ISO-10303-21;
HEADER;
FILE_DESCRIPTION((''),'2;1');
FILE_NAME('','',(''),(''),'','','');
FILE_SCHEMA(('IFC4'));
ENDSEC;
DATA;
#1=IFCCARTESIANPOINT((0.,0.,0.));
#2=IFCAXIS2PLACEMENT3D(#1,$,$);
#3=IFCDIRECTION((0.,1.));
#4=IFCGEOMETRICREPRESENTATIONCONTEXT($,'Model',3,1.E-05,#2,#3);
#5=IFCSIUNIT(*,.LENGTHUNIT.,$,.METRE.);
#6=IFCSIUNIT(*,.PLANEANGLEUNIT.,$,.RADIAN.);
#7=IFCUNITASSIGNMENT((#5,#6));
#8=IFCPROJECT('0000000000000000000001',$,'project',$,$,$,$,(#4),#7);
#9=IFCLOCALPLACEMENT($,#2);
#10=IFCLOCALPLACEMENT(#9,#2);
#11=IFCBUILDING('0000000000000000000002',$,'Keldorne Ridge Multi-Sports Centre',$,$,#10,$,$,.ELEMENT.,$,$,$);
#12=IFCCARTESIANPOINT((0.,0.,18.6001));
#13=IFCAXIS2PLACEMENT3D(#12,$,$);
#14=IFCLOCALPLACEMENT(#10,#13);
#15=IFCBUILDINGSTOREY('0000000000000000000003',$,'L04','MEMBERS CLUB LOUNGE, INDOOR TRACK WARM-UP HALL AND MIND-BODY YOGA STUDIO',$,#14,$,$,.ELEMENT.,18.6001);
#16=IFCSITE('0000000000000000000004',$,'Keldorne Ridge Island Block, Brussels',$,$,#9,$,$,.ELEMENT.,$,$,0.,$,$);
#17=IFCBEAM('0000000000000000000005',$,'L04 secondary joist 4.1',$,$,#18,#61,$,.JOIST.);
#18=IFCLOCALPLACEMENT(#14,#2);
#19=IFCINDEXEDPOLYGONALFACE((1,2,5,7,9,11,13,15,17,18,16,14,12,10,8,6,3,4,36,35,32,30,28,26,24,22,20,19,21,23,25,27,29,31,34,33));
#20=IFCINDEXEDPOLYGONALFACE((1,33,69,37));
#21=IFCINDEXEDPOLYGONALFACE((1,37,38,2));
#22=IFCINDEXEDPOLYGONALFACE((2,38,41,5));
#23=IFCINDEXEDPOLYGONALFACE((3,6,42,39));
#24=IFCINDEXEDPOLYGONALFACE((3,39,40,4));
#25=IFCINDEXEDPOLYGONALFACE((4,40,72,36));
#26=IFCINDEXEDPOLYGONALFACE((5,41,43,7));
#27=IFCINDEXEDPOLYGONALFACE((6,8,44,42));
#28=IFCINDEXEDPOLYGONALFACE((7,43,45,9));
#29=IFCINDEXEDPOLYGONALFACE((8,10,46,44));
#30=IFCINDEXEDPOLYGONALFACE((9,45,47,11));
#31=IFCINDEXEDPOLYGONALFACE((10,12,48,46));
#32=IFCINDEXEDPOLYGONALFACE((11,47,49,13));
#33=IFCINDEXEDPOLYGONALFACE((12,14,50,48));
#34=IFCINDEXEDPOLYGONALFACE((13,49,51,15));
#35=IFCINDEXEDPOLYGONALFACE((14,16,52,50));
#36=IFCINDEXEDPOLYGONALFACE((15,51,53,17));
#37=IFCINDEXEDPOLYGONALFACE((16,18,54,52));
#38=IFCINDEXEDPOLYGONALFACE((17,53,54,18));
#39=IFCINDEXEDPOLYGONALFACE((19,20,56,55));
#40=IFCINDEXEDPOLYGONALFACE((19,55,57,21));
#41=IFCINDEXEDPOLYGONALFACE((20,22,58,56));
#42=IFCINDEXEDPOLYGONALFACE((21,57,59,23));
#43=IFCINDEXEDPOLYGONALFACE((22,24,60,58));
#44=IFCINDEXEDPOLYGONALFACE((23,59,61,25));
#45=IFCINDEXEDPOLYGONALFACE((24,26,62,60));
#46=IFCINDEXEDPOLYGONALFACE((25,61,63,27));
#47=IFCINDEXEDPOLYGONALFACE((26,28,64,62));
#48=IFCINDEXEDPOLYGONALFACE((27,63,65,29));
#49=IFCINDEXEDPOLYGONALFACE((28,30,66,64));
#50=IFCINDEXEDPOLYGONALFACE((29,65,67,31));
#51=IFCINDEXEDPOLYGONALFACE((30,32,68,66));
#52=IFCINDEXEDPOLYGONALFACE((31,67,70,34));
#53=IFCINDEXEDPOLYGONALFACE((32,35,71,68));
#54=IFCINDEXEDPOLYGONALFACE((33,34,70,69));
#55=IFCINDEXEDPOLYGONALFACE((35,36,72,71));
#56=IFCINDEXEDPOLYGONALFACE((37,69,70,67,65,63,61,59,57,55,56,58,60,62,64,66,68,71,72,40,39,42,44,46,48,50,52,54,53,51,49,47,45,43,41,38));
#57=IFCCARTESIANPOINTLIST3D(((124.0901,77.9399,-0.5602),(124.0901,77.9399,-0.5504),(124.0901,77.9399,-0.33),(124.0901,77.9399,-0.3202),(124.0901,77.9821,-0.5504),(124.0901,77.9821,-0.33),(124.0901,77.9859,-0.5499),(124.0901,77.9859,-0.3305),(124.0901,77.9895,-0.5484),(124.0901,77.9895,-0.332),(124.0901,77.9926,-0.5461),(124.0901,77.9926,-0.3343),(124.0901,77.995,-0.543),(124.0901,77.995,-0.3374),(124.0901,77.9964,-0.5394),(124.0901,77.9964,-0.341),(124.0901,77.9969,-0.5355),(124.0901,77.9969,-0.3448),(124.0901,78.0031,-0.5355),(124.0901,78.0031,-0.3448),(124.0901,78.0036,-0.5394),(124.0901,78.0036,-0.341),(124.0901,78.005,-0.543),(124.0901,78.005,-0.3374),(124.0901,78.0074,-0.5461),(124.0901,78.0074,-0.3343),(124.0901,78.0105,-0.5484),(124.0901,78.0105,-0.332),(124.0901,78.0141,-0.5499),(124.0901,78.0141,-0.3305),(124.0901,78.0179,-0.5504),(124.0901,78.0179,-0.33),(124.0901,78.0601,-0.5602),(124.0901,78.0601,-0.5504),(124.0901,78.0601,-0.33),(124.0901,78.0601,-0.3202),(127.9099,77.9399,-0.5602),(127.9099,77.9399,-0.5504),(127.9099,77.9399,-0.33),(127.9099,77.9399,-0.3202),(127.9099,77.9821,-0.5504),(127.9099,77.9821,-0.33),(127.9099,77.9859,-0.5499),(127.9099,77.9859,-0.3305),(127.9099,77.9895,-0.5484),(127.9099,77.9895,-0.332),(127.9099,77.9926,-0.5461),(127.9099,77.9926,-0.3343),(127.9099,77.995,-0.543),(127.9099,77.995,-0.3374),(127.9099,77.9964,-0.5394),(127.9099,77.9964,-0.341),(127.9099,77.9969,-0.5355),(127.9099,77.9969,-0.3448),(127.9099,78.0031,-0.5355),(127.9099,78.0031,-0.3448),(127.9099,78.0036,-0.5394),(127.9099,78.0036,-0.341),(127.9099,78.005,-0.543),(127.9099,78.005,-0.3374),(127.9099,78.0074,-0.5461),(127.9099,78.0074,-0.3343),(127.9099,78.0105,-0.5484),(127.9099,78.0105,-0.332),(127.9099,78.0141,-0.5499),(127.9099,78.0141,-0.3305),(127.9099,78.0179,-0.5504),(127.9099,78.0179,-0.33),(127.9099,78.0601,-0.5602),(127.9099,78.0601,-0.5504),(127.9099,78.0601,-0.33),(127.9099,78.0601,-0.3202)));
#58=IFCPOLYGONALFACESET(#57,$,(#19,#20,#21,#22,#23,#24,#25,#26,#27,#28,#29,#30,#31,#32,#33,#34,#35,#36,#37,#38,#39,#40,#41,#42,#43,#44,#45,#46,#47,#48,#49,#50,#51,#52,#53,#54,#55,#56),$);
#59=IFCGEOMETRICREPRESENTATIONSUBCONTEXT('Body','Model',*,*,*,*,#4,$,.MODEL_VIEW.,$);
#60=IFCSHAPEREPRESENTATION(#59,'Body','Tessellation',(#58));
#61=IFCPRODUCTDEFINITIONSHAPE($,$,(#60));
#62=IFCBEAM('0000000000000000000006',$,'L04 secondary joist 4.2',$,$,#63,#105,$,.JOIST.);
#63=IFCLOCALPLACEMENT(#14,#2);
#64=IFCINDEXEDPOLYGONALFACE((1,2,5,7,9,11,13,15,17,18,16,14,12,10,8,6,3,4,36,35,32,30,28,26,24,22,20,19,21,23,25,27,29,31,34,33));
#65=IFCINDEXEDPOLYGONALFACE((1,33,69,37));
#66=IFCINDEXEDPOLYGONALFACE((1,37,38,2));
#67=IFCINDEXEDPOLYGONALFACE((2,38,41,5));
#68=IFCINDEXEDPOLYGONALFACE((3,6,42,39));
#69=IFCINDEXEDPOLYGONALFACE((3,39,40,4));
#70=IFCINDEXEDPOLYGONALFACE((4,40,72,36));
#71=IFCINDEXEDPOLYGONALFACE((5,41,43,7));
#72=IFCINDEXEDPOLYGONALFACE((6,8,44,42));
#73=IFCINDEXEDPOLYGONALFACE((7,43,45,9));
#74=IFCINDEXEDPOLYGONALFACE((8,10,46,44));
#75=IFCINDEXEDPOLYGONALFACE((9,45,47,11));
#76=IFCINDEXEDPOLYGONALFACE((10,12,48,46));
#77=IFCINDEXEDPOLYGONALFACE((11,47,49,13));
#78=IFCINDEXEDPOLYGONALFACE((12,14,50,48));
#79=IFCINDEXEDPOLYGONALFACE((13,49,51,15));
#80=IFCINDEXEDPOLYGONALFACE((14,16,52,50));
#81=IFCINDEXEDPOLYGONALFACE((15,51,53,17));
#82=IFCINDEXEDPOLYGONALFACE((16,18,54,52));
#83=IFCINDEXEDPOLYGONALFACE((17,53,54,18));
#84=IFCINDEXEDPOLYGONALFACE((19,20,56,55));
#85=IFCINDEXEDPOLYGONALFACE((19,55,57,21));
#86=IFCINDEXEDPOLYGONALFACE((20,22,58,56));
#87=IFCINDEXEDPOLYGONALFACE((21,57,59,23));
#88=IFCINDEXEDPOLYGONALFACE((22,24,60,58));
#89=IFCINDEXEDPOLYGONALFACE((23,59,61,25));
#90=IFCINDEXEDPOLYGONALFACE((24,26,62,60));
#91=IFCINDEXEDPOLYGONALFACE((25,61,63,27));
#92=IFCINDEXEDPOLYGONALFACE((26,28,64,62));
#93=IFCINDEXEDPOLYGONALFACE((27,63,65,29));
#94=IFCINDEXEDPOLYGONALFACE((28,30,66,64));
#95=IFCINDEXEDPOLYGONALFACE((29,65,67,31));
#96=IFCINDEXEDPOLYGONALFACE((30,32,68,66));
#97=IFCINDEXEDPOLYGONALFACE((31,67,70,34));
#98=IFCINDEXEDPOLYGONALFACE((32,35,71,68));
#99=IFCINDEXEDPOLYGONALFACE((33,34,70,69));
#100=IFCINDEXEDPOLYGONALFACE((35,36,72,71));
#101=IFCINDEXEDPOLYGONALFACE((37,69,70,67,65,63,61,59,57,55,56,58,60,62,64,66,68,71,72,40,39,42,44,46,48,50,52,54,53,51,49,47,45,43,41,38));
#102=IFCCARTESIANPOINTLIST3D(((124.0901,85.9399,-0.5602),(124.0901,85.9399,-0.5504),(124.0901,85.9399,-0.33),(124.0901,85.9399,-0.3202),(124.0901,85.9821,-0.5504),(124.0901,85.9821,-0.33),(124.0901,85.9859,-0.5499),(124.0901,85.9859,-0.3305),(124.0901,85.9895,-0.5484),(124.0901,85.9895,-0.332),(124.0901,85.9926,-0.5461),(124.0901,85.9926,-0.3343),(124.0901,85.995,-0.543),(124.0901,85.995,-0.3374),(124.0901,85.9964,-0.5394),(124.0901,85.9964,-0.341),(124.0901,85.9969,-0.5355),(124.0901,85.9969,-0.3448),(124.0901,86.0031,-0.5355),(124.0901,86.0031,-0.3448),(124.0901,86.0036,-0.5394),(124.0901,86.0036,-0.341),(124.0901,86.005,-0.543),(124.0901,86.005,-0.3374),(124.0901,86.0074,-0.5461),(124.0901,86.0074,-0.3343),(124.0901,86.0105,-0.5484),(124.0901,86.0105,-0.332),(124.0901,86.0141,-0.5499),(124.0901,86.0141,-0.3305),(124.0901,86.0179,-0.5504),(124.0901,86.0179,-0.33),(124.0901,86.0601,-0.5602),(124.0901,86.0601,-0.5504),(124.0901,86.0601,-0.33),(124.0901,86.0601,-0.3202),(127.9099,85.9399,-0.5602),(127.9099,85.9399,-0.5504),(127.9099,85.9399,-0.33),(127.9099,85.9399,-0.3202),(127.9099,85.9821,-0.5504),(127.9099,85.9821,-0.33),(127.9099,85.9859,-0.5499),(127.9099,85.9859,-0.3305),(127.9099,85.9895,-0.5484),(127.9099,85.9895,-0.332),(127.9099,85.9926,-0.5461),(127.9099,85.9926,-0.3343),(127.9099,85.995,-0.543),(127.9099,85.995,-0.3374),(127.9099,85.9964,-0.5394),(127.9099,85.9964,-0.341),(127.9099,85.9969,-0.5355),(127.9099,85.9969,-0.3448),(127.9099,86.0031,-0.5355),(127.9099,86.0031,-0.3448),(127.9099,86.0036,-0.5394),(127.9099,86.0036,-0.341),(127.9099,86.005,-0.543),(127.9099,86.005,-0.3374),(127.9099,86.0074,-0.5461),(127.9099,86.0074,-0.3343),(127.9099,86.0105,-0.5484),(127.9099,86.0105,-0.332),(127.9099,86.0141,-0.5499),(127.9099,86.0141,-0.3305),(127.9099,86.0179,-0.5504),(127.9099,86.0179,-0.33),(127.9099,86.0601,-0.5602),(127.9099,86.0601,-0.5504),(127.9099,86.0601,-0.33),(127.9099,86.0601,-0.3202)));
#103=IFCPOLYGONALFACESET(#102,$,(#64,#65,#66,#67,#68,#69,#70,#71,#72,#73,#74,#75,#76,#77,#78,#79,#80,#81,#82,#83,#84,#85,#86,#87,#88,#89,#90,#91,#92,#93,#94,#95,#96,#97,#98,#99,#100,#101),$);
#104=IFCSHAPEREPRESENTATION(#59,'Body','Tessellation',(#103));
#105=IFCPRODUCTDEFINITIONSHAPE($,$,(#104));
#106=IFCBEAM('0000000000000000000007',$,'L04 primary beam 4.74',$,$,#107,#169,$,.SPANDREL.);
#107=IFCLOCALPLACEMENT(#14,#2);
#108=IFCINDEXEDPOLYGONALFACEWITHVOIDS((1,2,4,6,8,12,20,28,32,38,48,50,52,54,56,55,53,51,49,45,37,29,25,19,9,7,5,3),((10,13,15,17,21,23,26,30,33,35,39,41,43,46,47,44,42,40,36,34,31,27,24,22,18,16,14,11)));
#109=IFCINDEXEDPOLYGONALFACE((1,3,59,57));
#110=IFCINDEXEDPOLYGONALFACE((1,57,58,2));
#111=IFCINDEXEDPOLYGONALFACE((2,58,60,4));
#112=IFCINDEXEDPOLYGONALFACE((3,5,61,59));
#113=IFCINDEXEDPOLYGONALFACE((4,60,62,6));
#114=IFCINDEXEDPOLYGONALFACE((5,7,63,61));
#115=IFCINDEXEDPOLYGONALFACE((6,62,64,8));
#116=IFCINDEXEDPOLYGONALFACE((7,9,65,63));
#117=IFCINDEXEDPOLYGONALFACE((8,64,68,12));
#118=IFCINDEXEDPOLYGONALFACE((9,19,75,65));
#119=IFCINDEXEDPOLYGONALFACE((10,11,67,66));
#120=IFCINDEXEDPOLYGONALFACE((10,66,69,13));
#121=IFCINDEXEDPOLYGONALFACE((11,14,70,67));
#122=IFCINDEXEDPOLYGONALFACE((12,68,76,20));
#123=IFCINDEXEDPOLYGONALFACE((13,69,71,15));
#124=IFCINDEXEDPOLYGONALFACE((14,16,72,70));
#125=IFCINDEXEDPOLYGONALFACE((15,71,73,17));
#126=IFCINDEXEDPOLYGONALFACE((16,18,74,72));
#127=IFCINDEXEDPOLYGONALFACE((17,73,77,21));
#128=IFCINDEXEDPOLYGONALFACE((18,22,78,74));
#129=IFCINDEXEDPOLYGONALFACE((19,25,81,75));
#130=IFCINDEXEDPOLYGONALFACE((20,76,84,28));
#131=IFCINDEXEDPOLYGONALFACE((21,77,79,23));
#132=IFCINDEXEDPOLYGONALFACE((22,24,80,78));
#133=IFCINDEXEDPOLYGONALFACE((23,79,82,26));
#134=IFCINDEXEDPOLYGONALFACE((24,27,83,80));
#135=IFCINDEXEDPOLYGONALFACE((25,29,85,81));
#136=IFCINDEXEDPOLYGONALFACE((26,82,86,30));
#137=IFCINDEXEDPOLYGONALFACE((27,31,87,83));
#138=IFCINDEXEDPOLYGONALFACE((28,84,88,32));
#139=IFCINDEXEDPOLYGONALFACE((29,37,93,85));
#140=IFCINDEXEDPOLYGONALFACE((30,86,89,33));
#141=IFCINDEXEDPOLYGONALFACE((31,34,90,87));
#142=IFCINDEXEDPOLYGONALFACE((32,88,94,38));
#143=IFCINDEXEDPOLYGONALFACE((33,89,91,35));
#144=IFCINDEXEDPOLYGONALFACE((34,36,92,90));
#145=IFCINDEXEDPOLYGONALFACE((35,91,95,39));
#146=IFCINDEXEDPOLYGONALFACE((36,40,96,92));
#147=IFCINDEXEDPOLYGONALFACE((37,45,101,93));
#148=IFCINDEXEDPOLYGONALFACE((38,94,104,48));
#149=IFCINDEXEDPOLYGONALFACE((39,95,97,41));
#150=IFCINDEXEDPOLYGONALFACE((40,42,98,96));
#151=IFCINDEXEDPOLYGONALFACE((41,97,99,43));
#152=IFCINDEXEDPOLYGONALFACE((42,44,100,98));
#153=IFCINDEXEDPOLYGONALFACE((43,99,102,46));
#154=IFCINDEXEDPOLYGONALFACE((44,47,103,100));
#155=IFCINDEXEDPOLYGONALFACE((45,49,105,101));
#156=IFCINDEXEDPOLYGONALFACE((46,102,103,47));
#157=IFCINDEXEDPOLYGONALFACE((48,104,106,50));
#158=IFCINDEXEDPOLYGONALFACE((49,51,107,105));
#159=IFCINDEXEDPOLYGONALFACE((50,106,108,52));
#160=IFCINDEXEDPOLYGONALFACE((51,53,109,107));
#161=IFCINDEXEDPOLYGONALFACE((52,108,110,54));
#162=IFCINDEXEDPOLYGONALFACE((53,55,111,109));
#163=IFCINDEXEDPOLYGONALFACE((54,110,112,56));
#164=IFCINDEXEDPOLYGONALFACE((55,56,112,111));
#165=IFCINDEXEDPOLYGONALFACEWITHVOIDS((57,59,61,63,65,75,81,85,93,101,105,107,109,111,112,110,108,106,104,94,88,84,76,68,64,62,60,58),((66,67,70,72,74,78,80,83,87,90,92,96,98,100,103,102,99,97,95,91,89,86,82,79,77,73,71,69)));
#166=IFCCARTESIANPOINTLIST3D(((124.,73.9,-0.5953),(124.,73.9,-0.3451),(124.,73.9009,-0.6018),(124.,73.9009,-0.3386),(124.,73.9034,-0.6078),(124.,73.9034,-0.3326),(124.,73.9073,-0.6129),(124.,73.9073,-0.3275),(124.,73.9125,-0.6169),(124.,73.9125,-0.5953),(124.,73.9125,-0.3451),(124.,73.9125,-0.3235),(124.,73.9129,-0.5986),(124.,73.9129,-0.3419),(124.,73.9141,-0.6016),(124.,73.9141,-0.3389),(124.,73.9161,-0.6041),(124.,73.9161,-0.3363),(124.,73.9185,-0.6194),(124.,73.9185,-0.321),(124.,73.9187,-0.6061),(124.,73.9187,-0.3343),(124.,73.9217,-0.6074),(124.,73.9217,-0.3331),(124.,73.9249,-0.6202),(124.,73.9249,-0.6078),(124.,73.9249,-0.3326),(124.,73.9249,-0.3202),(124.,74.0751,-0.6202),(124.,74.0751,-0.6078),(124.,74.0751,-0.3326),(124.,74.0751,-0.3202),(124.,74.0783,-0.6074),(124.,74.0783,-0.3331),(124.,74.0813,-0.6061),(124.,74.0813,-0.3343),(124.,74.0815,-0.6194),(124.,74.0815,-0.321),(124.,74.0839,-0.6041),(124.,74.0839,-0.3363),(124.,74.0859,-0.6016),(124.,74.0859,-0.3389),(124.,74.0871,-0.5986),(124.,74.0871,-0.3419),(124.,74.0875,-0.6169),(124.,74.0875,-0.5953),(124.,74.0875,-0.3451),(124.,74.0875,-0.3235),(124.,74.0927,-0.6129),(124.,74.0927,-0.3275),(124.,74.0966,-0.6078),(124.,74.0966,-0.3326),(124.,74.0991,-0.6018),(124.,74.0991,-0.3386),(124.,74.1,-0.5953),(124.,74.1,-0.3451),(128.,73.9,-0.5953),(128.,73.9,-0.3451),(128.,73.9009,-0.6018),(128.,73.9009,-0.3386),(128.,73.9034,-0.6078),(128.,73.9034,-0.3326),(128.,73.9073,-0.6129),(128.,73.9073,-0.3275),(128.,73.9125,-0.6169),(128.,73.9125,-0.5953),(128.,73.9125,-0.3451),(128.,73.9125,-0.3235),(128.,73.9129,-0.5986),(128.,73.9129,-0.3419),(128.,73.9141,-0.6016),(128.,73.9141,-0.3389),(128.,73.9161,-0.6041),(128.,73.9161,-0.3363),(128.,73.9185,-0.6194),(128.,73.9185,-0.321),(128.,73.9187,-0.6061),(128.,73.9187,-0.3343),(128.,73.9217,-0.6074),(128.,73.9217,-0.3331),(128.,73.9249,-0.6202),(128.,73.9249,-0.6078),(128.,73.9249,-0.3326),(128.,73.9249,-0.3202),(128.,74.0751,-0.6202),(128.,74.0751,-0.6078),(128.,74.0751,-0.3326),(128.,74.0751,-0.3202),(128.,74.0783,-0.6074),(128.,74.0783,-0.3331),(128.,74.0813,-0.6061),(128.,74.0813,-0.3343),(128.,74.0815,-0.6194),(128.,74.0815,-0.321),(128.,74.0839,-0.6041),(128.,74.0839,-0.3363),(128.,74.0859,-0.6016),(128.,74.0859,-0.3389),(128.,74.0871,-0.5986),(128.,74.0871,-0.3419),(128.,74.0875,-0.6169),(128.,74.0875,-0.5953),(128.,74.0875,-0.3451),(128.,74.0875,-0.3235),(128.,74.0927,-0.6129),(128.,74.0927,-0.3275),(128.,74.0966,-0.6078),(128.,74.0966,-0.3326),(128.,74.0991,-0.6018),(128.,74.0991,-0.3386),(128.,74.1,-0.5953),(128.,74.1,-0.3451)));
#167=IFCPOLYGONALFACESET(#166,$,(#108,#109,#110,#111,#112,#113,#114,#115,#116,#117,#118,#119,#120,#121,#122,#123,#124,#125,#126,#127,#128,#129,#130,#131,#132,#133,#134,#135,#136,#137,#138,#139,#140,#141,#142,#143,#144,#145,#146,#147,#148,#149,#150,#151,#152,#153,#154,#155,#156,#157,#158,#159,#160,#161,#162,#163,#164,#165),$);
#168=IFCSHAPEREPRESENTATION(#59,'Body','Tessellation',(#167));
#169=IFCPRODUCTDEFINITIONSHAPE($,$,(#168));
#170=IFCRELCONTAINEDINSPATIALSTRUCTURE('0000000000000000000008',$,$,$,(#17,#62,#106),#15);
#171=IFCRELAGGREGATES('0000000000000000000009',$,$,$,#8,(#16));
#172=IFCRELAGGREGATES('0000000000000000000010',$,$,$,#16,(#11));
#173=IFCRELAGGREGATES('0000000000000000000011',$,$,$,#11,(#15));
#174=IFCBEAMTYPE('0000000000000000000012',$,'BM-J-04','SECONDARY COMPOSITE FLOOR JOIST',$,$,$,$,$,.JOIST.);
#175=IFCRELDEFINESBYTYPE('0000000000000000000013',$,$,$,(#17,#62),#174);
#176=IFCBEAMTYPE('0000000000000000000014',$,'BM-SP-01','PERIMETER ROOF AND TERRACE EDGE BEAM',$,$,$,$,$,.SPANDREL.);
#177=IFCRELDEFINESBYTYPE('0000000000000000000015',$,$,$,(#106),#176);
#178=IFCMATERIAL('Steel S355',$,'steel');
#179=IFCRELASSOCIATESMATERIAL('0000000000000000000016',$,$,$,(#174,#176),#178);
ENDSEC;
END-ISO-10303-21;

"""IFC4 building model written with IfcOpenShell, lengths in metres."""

from ifc_helpers import new_model, si_unit, direction, frame, origin, origin_2d, place, context, subcontext, project, spatial, hollow_rectangle, i_section, extrude, material, material_profile, profile_set, type_object, element, save


model = new_model("IFC4")

# Units and contexts
model_context = context("Model", 3, precision=1e-05, world=origin(), true_north=direction((0.0, 1.0)))
body_context = subcontext(model_context, "Body", "Model", "MODEL_VIEW")
ifc_project = project(units=[si_unit("LENGTHUNIT", "METRE"), si_unit("PLANEANGLEUNIT", "RADIAN")], contexts=[model_context])

# Site, building, storey
site_placement = place(None, origin())
site = spatial("IfcSite", under=ifc_project, at=site_placement, Name="Keldorne Ridge Island Block, Brussels", CompositionType="ELEMENT", RefElevation=0.0)
building_placement = place(site_placement, origin())
building = spatial("IfcBuilding", under=site, at=building_placement, Name="Keldorne Ridge Multi-Sports Centre", CompositionType="ELEMENT")
storey_placement = place(building_placement, frame((0.0, 0.0, 18.6001)))
storey = spatial("IfcBuildingStorey", under=building, at=storey_placement, Name="L04", Description="MEMBERS CLUB LOUNGE, INDOOR TRACK WARM-UP HALL AND MIND-BODY YOGA STUDIO", CompositionType="ELEMENT", Elevation=18.6001)

# Shared definitions
ifc_material_1 = material(Name="Steel S355", Category="steel")

# Beams
ifc_material_profile_1 = material_profile(ifc_material_1, i_section(OverallWidth=0.1201, OverallDepth=0.24, WebThickness=0.0061, FlangeThickness=0.0098, FilletRadius=0.0149, at=origin_2d()), Name="IPE 240")
ifc_profile_set_1 = profile_set([ifc_material_profile_1], Name="Steel S355")
beam_type_1 = type_object("IfcBeamType", Name="BM-J-04", Description="SECONDARY COMPOSITE FLOOR JOIST", PredefinedType="JOIST", material=ifc_profile_set_1)
for number, where, z_axis, x_axis, name in (
    (1, (124.0901, 78.0, -0.4402), (1.0, 0.0, 0.0), (0.0, 1.0, 0.0), "L04 secondary joist 4.1"),
    (2, (124.0901, 86.0, -0.4402), (1.0, 0.0, 0.0), (0.0, 1.0, 0.0), "L04 secondary joist 4.2"),
):
    element("IfcBeam", number, at=place(storey_placement, frame(where, z_axis=z_axis, x_axis=x_axis)), inside=storey, type_object=beam_type_1, Name=name, PredefinedType="JOIST", context=body_context, shape_type="SweptSolid", body=[
        extrude(i_section(OverallWidth=0.1201, OverallDepth=0.24, WebThickness=0.0061, FlangeThickness=0.0098, FilletRadius=0.0149, at=origin_2d()), origin(), (0.0, 0.0, 1.0), 3.8198),
    ])
ifc_material_profile_2 = material_profile(ifc_material_1, hollow_rectangle(XDim=0.2, YDim=0.3, WallThickness=0.0125, InnerFilletRadius=0.0125, OuterFilletRadius=0.0249, at=origin_2d()), Name="RHS 300x200x12.5")
ifc_profile_set_2 = profile_set([ifc_material_profile_2], Name="Steel S355")
beam_type_2 = type_object("IfcBeamType", Name="BM-SP-01", Description="PERIMETER ROOF AND TERRACE EDGE BEAM", PredefinedType="SPANDREL", material=ifc_profile_set_2)
beam_1_placement = place(storey_placement, frame((124.0, 74.0, -0.4702), z_axis=(1.0, 0.0, 0.0), x_axis=(0.0, 1.0, 0.0)))
element("IfcBeam", 3, at=beam_1_placement, inside=storey, type_object=beam_type_2, Name="L04 primary beam 4.74", PredefinedType="SPANDREL", context=body_context, shape_type="SweptSolid", body=[
    extrude(hollow_rectangle(XDim=0.2, YDim=0.3, WallThickness=0.0125, InnerFilletRadius=0.0125, OuterFilletRadius=0.0249, at=origin_2d()), origin(), (0.0, 0.0, 1.0), 4.0),
])

save(model, "model.ifc")
